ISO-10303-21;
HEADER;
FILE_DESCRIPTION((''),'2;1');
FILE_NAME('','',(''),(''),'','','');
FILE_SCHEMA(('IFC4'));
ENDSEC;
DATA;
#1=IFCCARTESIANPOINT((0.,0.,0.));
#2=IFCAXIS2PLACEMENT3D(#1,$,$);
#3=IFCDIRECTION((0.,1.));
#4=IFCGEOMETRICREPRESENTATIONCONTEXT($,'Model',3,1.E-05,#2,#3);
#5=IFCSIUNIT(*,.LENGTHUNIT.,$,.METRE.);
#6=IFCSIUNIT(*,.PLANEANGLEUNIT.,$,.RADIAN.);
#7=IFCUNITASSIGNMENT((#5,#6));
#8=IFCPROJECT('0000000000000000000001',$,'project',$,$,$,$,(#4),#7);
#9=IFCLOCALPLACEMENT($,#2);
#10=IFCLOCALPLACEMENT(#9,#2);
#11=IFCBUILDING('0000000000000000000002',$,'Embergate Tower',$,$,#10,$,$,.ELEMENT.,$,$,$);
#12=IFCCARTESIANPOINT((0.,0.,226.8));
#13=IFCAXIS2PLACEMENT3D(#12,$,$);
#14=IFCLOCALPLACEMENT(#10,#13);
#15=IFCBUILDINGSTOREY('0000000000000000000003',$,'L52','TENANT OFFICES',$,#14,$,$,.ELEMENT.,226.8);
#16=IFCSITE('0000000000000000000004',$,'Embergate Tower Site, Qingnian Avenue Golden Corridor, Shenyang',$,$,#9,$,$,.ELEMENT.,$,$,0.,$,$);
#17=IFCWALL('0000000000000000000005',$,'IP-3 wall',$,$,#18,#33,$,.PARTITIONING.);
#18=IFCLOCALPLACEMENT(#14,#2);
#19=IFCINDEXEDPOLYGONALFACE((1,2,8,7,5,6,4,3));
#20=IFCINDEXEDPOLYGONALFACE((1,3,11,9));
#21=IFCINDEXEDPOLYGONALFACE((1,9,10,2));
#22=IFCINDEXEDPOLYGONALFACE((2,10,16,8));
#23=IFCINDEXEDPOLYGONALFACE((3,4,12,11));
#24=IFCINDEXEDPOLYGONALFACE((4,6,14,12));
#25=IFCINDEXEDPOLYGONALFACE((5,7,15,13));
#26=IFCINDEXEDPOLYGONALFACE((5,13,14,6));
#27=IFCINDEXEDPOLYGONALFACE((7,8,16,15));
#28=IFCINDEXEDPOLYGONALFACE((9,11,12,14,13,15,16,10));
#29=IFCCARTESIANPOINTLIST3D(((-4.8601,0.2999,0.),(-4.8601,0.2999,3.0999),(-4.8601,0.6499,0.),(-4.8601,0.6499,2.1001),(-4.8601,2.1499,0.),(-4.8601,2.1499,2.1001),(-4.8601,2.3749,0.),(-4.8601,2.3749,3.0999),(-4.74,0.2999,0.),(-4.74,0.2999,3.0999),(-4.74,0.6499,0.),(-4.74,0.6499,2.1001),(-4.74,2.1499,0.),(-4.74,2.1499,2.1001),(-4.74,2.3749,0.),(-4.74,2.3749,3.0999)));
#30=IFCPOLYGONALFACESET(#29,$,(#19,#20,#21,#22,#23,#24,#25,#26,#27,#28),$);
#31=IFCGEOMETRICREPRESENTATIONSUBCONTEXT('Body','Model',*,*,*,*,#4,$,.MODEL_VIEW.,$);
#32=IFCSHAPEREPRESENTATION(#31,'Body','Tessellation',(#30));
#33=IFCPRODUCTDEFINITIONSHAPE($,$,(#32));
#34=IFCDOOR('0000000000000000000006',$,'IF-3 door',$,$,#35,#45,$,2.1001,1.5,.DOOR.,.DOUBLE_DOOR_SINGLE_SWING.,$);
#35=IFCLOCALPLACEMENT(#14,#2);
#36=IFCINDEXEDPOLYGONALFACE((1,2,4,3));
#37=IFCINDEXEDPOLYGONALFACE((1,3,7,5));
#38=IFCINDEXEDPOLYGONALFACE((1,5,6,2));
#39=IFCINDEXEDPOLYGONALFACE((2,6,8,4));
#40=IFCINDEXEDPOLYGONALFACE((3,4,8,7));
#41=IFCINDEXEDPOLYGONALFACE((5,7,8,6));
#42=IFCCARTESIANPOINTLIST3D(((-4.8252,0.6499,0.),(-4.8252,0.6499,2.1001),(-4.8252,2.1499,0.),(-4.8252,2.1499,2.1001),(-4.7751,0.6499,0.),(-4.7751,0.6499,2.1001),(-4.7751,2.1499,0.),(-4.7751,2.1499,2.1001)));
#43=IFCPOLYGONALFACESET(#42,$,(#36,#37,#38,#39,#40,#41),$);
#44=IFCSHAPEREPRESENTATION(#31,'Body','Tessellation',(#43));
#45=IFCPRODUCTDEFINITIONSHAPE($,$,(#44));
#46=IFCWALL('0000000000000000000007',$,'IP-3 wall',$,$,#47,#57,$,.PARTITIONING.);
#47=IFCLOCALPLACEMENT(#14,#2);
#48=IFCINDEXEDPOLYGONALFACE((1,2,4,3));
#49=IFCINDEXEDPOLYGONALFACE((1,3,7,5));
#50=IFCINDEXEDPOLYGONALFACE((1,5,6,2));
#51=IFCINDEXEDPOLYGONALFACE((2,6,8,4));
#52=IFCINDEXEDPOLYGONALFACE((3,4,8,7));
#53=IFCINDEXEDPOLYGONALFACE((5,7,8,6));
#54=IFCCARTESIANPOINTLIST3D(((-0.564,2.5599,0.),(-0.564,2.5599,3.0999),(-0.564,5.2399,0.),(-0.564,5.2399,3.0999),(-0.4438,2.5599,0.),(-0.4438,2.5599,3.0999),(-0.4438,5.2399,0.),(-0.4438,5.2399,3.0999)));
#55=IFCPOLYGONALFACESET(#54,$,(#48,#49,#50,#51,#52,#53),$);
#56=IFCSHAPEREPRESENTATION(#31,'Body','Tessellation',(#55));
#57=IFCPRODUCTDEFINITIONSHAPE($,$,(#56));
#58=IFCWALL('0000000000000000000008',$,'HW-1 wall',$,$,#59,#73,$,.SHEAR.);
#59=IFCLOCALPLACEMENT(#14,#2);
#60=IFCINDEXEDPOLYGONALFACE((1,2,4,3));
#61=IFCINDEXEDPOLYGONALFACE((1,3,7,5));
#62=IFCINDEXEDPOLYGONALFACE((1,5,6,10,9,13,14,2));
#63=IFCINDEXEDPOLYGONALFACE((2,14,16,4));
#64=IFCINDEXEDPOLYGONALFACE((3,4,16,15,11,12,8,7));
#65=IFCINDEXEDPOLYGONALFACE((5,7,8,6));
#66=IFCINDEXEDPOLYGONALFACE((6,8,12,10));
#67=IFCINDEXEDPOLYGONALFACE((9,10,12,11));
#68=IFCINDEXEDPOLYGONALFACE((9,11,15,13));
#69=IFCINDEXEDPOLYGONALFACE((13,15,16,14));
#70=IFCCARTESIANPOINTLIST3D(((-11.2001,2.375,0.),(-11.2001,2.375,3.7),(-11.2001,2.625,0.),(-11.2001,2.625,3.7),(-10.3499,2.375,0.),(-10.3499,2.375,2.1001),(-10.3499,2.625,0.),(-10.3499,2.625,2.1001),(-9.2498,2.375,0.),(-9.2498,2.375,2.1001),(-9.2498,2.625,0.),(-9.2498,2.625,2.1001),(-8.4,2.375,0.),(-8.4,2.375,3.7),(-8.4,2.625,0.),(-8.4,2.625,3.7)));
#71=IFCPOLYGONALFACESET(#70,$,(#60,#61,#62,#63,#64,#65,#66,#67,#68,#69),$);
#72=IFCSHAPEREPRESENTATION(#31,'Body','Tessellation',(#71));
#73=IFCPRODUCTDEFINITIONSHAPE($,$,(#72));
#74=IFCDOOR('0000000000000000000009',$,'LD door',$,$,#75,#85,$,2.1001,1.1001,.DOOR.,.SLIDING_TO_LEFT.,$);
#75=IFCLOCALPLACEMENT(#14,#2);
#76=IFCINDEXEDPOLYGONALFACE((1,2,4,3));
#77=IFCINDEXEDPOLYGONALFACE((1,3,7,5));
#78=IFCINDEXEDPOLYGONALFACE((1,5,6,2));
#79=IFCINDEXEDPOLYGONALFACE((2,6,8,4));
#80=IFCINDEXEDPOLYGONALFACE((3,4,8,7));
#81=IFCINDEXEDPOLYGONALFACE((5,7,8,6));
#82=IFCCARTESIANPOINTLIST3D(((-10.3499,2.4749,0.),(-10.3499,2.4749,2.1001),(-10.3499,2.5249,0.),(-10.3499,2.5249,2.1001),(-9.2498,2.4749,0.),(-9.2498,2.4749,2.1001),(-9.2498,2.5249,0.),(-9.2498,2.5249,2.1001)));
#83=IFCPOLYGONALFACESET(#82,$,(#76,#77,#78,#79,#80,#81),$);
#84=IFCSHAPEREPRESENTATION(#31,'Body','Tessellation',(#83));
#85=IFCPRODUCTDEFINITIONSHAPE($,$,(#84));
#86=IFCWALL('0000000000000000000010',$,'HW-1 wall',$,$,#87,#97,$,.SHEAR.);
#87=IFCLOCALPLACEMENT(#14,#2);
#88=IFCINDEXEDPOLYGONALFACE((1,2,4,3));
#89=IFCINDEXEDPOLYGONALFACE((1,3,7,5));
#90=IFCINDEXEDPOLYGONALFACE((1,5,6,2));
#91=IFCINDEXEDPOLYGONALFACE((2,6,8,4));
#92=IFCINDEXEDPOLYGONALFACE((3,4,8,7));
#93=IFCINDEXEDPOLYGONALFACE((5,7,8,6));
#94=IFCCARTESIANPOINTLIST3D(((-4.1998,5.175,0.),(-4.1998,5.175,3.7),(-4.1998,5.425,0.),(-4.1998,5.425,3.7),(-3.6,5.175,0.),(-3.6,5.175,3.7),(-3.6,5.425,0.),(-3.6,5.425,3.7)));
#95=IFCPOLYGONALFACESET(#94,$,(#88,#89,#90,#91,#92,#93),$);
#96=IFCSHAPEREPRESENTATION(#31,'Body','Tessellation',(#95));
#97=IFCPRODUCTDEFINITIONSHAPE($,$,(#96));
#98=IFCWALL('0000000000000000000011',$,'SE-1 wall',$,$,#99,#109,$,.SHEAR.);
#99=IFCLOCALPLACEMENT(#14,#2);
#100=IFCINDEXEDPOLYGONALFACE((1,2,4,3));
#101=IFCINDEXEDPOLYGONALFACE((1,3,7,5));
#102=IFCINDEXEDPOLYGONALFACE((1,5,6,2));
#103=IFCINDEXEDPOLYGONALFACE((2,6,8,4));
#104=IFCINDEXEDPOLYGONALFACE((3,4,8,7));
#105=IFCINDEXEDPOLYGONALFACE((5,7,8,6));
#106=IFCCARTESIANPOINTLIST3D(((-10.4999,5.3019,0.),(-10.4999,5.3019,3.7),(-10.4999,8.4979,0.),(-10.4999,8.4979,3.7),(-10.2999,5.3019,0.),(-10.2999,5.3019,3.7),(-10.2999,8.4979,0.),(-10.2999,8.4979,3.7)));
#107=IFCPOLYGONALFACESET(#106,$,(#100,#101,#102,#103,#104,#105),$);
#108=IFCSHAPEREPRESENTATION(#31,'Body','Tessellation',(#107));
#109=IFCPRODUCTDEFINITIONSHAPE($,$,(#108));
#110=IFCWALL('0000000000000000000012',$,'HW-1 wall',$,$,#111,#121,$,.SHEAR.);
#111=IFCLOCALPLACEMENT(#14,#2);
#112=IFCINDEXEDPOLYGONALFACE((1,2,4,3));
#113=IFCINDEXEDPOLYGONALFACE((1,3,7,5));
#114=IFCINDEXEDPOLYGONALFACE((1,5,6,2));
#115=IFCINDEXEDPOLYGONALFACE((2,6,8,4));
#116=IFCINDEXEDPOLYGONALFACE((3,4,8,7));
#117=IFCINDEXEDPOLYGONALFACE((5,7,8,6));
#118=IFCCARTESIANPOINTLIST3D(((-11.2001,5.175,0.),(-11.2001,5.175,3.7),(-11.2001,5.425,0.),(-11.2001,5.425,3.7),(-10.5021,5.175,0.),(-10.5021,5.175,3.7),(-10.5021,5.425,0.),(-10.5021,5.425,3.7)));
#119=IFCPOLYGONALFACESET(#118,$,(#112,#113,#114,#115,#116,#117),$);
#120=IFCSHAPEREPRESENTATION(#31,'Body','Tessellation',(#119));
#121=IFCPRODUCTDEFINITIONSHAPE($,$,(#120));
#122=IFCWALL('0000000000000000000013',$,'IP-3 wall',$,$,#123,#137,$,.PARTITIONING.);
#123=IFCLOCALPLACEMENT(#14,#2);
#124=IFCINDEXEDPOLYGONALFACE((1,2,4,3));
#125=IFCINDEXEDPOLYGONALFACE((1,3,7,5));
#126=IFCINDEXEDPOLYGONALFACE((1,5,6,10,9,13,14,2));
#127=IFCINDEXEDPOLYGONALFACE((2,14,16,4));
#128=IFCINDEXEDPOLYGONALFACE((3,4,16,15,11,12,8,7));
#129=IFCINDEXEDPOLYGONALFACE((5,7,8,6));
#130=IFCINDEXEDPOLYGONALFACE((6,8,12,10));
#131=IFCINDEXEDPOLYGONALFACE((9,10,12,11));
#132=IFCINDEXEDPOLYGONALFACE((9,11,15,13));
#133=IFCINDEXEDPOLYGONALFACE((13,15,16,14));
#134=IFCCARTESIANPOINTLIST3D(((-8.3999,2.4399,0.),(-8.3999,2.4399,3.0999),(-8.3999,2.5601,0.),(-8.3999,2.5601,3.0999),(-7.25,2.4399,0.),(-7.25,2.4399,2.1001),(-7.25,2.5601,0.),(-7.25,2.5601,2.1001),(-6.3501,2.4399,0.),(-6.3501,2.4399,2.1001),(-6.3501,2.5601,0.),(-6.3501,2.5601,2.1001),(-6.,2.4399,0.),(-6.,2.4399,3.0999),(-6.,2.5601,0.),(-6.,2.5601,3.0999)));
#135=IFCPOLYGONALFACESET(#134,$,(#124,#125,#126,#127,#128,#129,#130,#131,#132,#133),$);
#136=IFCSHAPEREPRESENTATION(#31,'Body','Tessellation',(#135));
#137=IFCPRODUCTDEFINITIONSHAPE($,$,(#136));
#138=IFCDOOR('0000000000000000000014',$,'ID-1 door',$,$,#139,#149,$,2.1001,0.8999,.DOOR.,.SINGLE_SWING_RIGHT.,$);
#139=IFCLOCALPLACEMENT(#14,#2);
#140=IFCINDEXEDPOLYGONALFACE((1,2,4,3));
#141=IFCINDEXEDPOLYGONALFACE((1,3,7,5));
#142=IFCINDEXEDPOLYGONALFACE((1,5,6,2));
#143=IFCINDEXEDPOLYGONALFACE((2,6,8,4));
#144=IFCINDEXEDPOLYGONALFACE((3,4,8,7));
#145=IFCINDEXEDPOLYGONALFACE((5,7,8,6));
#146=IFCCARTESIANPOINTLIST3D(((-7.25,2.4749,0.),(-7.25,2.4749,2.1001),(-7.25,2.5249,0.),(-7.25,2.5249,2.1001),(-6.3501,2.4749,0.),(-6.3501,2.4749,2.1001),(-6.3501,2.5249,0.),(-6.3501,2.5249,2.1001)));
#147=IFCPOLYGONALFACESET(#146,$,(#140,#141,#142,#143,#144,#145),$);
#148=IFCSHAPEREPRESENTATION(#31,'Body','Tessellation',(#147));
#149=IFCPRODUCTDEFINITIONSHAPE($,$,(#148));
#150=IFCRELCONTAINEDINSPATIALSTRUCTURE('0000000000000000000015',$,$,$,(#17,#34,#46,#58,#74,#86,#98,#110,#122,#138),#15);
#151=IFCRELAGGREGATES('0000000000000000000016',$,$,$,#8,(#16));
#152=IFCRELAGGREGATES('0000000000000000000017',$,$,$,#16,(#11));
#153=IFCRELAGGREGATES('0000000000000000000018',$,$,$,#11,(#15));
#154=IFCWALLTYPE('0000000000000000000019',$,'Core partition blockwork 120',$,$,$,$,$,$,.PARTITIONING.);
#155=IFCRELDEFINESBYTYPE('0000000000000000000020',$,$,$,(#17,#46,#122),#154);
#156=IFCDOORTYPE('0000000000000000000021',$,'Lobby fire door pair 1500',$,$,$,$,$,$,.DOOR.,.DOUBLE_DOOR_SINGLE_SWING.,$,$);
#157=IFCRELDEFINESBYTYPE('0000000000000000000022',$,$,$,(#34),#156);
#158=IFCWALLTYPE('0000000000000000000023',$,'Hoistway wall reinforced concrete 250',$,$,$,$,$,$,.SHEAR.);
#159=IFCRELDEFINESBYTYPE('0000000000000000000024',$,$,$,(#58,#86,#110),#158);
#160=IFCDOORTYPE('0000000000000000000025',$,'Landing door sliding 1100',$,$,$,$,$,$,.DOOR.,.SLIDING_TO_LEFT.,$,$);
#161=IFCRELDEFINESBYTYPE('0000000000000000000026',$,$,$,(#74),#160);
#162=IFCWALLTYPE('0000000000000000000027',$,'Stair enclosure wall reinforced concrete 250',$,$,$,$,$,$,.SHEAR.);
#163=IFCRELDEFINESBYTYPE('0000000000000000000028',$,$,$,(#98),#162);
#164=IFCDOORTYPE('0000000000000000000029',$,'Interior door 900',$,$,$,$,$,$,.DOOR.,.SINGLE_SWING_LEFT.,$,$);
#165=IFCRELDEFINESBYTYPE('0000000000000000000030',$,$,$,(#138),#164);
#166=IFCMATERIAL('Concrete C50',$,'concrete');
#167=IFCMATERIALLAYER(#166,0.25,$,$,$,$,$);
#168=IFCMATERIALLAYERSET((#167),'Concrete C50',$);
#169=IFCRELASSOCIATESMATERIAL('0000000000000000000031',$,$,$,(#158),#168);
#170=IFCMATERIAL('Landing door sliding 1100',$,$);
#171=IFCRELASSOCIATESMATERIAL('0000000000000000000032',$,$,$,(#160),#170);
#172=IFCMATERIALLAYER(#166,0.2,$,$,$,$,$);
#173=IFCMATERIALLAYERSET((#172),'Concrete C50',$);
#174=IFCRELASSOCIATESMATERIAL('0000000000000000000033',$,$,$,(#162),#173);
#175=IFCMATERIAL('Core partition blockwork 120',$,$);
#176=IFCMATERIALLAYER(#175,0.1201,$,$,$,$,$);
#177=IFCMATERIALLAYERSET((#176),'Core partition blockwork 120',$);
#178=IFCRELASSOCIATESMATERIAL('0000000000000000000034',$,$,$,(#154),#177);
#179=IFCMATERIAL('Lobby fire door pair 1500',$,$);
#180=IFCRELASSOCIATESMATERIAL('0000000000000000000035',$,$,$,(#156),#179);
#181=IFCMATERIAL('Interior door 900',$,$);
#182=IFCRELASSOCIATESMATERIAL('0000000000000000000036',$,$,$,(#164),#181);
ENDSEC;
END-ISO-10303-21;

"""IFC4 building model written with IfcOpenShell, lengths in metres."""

from ifc_helpers import new_model, si_unit, direction, frame, frame_2d, origin, place, context, subcontext, project, spatial, rectangle, extrude, source, transform, mapped, material, layer, layer_set, type_object, element, fill, save


model = new_model("IFC4")

# Units and contexts
model_context = context("Model", 3, precision=1e-05, world=origin(), true_north=direction((0.0, 1.0)))
body_context = subcontext(model_context, "Body", "Model", "MODEL_VIEW")
ifc_project = project(units=[si_unit("LENGTHUNIT", "METRE"), si_unit("PLANEANGLEUNIT", "RADIAN")], contexts=[model_context])

# Site, building, storey
site_placement = place(None, origin())
site = spatial("IfcSite", under=ifc_project, at=site_placement, Name="Embergate Tower Site, Qingnian Avenue Golden Corridor, Shenyang", CompositionType="ELEMENT", RefElevation=0.0)
building_placement = place(site_placement, origin())
building = spatial("IfcBuilding", under=site, at=building_placement, Name="Embergate Tower", CompositionType="ELEMENT")
storey_placement = place(building_placement, frame((0.0, 0.0, 226.8)))
storey = spatial("IfcBuildingStorey", under=building, at=storey_placement, Name="L52", Description="TENANT OFFICES", CompositionType="ELEMENT", Elevation=226.8)

# Shared definitions
ifc_material_1 = material(Name="Concrete C50", Category="concrete")
ifc_layer_1 = layer(ifc_material_1, 0.25)
ifc_layer_set_1 = layer_set([ifc_layer_1], Name="Concrete C50")
wall_type_1 = type_object("IfcWallType", Name="Hoistway wall reinforced concrete 250", PredefinedType="SHEAR", material=ifc_layer_set_1)

# Shared definitions
shared_shape_1 = source(origin(), body_context, "Body", "SweptSolid", [
    extrude(rectangle(XDim=1.1001, YDim=2.1001, at=frame_2d((0.55, 1.05))), frame((0.0, 0.135, 0.0), z_axis=(0.0, -1.0, 0.0), x_axis=(1.0, 0.0, 0.0)), (0.0, 0.0, 1.0), 0.27),
])
ifc_material_2 = material(Name="Landing door sliding 1100")
door_type_1 = type_object("IfcDoorType", Name="Landing door sliding 1100", OperationType="SLIDING_TO_LEFT", PredefinedType="DOOR", material=ifc_material_2)
shared_shape_2 = source(origin(), body_context, "Body", "SweptSolid", [
    extrude(rectangle(XDim=1.1001, YDim=2.1001, at=frame_2d((0.55, 1.05))), frame((0.0, 0.0249, 0.0), z_axis=(0.0, -1.0, 0.0), x_axis=(1.0, 0.0, 0.0)), (0.0, 0.0, 1.0), 0.05),
])

# Shared definitions
ifc_layer_2 = layer(ifc_material_1, 0.2)
ifc_layer_set_2 = layer_set([ifc_layer_2], Name="Concrete C50")
wall_type_2 = type_object("IfcWallType", Name="Stair enclosure wall reinforced concrete 250", PredefinedType="SHEAR", material=ifc_layer_set_2)

# Wall, opening, door
ifc_material_3 = material(Name="Core partition blockwork 120")
ifc_layer_3 = layer(ifc_material_3, 0.1201)
ifc_layer_set_3 = layer_set([ifc_layer_3], Name="Core partition blockwork 120")
wall_type_3 = type_object("IfcWallType", Name="Core partition blockwork 120", PredefinedType="PARTITIONING", material=ifc_layer_set_3)
shared_shape_3 = source(origin(), body_context, "Body", "SweptSolid", [
    extrude(rectangle(XDim=2.075, YDim=0.1201, at=frame_2d((1.0376, 0.0))), origin(), (0.0, 0.0, 1.0), 3.0999),
])
wall_1_placement = place(storey_placement, frame((-4.8, 2.375, 0.0), z_axis=(0.0, 0.0, 1.0), x_axis=(0.0, -1.0, 0.0)))
wall_1 = element("IfcWall", 1, at=wall_1_placement, inside=storey, type_object=wall_type_3, Name="IP-3 wall", PredefinedType="PARTITIONING", context=body_context, shape_type="MappedRepresentation", body=[
    mapped(shared_shape_3, transform((0.0, 0.0, 0.0))),
])
shared_shape_4 = source(origin(), body_context, "Body", "SweptSolid", [
    extrude(rectangle(XDim=1.5, YDim=2.1001, at=frame_2d((0.75, 1.05))), frame((0.0, 0.0701, 0.0), z_axis=(0.0, -1.0, 0.0), x_axis=(1.0, 0.0, 0.0)), (0.0, 0.0, 1.0), 0.1401),
])
opening_1_placement = place(wall_1_placement, frame((0.2251, 0.0, 0.0)))
opening_1 = element("IfcOpeningElement", 2, at=opening_1_placement, cuts=wall_1, PredefinedType="OPENING", context=body_context, shape_type="MappedRepresentation", body=[
    mapped(shared_shape_4, transform((0.0, 0.0, 0.0))),
])
ifc_material_4 = material(Name="Lobby fire door pair 1500")
door_type_2 = type_object("IfcDoorType", Name="Lobby fire door pair 1500", OperationType="DOUBLE_DOOR_SINGLE_SWING", PredefinedType="DOOR", material=ifc_material_4)
shared_shape_5 = source(origin(), body_context, "Body", "SweptSolid", [
    extrude(rectangle(XDim=1.5, YDim=2.1001, at=frame_2d((0.75, 1.05))), frame((0.0, 0.0249, 0.0), z_axis=(0.0, -1.0, 0.0), x_axis=(1.0, 0.0, 0.0)), (0.0, 0.0, 1.0), 0.05),
])
door_1_placement = place(opening_1_placement, origin())
door_1 = element("IfcDoor", 3, at=door_1_placement, inside=storey, type_object=door_type_2, Name="IF-3 door", OperationType="DOUBLE_DOOR_SINGLE_SWING", OverallHeight=2.1001, OverallWidth=1.5, PredefinedType="DOOR", context=body_context, shape_type="MappedRepresentation", body=[
    mapped(shared_shape_5, transform((0.0, 0.0, 0.0))),
])
fill(opening_1, door_1)

# Wall
shared_shape_6 = source(origin(), body_context, "Body", "SweptSolid", [
    extrude(rectangle(XDim=2.6799, YDim=0.1201, at=frame_2d((1.3398, 0.0))), origin(), (0.0, 0.0, 1.0), 3.0999),
])
wall_2_placement = place(storey_placement, frame((-0.5039, 2.5601, 0.0), z_axis=(0.0, 0.0, 1.0), x_axis=(0.0, 1.0, 0.0)))
element("IfcWall", 4, at=wall_2_placement, inside=storey, type_object=wall_type_3, Name="IP-3 wall", PredefinedType="PARTITIONING", context=body_context, shape_type="MappedRepresentation", body=[
    mapped(shared_shape_6, transform((0.0, 0.0, 0.0))),
])

# Wall, opening, door
shared_shape_7 = source(origin(), body_context, "Body", "SweptSolid", [
    extrude(rectangle(XDim=2.8, YDim=0.25, at=frame_2d((1.3999, 0.0))), origin(), (0.0, 0.0, 1.0), 3.7),
])
wall_3_placement = place(storey_placement, frame((-11.2, 2.5, 0.0), z_axis=(0.0, 0.0, 1.0), x_axis=(1.0, 0.0, 0.0)))
wall_3 = element("IfcWall", 5, at=wall_3_placement, inside=storey, type_object=wall_type_1, Name="HW-1 wall", PredefinedType="SHEAR", context=body_context, shape_type="MappedRepresentation", body=[
    mapped(shared_shape_7, transform((0.0, 0.0, 0.0))),
])
opening_2_placement = place(wall_3_placement, frame((0.8501, 0.0, 0.0)))
opening_2 = element("IfcOpeningElement", 6, at=opening_2_placement, cuts=wall_3, PredefinedType="OPENING", context=body_context, shape_type="MappedRepresentation", body=[
    mapped(shared_shape_1, transform((0.0, 0.0, 0.0))),
])
door_2_placement = place(opening_2_placement, origin())
door_2 = element("IfcDoor", 7, at=door_2_placement, inside=storey, type_object=door_type_1, Name="LD door", OperationType="SLIDING_TO_LEFT", OverallHeight=2.1001, OverallWidth=1.1001, PredefinedType="DOOR", context=body_context, shape_type="MappedRepresentation", body=[
    mapped(shared_shape_2, transform((0.0, 0.0, 0.0))),
])
fill(opening_2, door_2)

# Walls
shared_shape_8 = source(origin(), body_context, "Body", "SweptSolid", [
    extrude(rectangle(XDim=0.5999, YDim=0.25, at=frame_2d((0.2998, 0.0))), origin(), (0.0, 0.0, 1.0), 3.7),
])
wall_4_placement = place(storey_placement, frame((-3.6001, 5.3, 0.0), z_axis=(0.0, 0.0, 1.0), x_axis=(-1.0, 0.0, 0.0)))
element("IfcWall", 8, at=wall_4_placement, inside=storey, type_object=wall_type_1, Name="HW-1 wall", PredefinedType="SHEAR", context=body_context, shape_type="MappedRepresentation", body=[
    mapped(shared_shape_8, transform((0.0, 0.0, 0.0))),
])
shared_shape_9 = source(origin(), body_context, "Body", "SweptSolid", [
    extrude(rectangle(XDim=3.196, YDim=0.2, at=frame_2d((1.5981, 0.0))), origin(), (0.0, 0.0, 1.0), 3.7),
])
wall_5_placement = place(storey_placement, frame((-10.3999, 8.498, 0.0), z_axis=(0.0, 0.0, 1.0), x_axis=(0.0, -1.0, 0.0)))
element("IfcWall", 9, at=wall_5_placement, inside=storey, type_object=wall_type_2, Name="SE-1 wall", PredefinedType="SHEAR", context=body_context, shape_type="MappedRepresentation", body=[
    mapped(shared_shape_9, transform((0.0, 0.0, 0.0))),
])
shared_shape_10 = source(origin(), body_context, "Body", "SweptSolid", [
    extrude(rectangle(XDim=0.698, YDim=0.25, at=frame_2d((0.3491, 0.0))), origin(), (0.0, 0.0, 1.0), 3.7),
])
wall_6_placement = place(storey_placement, frame((-10.502, 5.3, 0.0), z_axis=(0.0, 0.0, 1.0), x_axis=(-1.0, 0.0, 0.0)))
element("IfcWall", 10, at=wall_6_placement, inside=storey, type_object=wall_type_1, Name="HW-1 wall", PredefinedType="SHEAR", context=body_context, shape_type="MappedRepresentation", body=[
    mapped(shared_shape_10, transform((0.0, 0.0, 0.0))),
])

# Wall, opening, door
shared_shape_11 = source(origin(), body_context, "Body", "SweptSolid", [
    extrude(rectangle(XDim=2.3999, YDim=0.1201, at=frame_2d((1.2, 0.0))), origin(), (0.0, 0.0, 1.0), 3.0999),
])
wall_7_placement = place(storey_placement, frame((-8.3999, 2.5, 0.0), z_axis=(0.0, 0.0, 1.0), x_axis=(1.0, 0.0, 0.0)))
wall_7 = element("IfcWall", 11, at=wall_7_placement, inside=storey, type_object=wall_type_3, Name="IP-3 wall", PredefinedType="PARTITIONING", context=body_context, shape_type="MappedRepresentation", body=[
    mapped(shared_shape_11, transform((0.0, 0.0, 0.0))),
])
shared_shape_12 = source(origin(), body_context, "Body", "SweptSolid", [
    extrude(rectangle(XDim=0.8999, YDim=2.1001, at=frame_2d((0.45, 1.05))), frame((0.0, 0.0701, 0.0), z_axis=(0.0, -1.0, 0.0), x_axis=(1.0, 0.0, 0.0)), (0.0, 0.0, 1.0), 0.1401),
])
opening_3_placement = place(wall_7_placement, frame((1.1499, 0.0, 0.0)))
opening_3 = element("IfcOpeningElement", 12, at=opening_3_placement, cuts=wall_7, PredefinedType="OPENING", context=body_context, shape_type="MappedRepresentation", body=[
    mapped(shared_shape_12, transform((0.0, 0.0, 0.0))),
])
ifc_material_5 = material(Name="Interior door 900")
door_type_3 = type_object("IfcDoorType", Name="Interior door 900", OperationType="SINGLE_SWING_LEFT", PredefinedType="DOOR", material=ifc_material_5)
shared_shape_13 = source(origin(), body_context, "Body", "SweptSolid", [
    extrude(rectangle(XDim=0.8999, YDim=2.1001, at=frame_2d((0.45, 1.05))), frame((0.0, 0.0249, 0.0), z_axis=(0.0, -1.0, 0.0), x_axis=(1.0, 0.0, 0.0)), (0.0, 0.0, 1.0), 0.05),
])
door_3_placement = place(opening_3_placement, origin())
door_3 = element("IfcDoor", 13, at=door_3_placement, inside=storey, type_object=door_type_3, Name="ID-1 door", OperationType="SINGLE_SWING_RIGHT", OverallHeight=2.1001, OverallWidth=0.8999, PredefinedType="DOOR", context=body_context, shape_type="MappedRepresentation", body=[
    mapped(shared_shape_13, transform((0.0, 0.0, 0.0))),
])
fill(opening_3, door_3)

save(model, "model.ifc")
